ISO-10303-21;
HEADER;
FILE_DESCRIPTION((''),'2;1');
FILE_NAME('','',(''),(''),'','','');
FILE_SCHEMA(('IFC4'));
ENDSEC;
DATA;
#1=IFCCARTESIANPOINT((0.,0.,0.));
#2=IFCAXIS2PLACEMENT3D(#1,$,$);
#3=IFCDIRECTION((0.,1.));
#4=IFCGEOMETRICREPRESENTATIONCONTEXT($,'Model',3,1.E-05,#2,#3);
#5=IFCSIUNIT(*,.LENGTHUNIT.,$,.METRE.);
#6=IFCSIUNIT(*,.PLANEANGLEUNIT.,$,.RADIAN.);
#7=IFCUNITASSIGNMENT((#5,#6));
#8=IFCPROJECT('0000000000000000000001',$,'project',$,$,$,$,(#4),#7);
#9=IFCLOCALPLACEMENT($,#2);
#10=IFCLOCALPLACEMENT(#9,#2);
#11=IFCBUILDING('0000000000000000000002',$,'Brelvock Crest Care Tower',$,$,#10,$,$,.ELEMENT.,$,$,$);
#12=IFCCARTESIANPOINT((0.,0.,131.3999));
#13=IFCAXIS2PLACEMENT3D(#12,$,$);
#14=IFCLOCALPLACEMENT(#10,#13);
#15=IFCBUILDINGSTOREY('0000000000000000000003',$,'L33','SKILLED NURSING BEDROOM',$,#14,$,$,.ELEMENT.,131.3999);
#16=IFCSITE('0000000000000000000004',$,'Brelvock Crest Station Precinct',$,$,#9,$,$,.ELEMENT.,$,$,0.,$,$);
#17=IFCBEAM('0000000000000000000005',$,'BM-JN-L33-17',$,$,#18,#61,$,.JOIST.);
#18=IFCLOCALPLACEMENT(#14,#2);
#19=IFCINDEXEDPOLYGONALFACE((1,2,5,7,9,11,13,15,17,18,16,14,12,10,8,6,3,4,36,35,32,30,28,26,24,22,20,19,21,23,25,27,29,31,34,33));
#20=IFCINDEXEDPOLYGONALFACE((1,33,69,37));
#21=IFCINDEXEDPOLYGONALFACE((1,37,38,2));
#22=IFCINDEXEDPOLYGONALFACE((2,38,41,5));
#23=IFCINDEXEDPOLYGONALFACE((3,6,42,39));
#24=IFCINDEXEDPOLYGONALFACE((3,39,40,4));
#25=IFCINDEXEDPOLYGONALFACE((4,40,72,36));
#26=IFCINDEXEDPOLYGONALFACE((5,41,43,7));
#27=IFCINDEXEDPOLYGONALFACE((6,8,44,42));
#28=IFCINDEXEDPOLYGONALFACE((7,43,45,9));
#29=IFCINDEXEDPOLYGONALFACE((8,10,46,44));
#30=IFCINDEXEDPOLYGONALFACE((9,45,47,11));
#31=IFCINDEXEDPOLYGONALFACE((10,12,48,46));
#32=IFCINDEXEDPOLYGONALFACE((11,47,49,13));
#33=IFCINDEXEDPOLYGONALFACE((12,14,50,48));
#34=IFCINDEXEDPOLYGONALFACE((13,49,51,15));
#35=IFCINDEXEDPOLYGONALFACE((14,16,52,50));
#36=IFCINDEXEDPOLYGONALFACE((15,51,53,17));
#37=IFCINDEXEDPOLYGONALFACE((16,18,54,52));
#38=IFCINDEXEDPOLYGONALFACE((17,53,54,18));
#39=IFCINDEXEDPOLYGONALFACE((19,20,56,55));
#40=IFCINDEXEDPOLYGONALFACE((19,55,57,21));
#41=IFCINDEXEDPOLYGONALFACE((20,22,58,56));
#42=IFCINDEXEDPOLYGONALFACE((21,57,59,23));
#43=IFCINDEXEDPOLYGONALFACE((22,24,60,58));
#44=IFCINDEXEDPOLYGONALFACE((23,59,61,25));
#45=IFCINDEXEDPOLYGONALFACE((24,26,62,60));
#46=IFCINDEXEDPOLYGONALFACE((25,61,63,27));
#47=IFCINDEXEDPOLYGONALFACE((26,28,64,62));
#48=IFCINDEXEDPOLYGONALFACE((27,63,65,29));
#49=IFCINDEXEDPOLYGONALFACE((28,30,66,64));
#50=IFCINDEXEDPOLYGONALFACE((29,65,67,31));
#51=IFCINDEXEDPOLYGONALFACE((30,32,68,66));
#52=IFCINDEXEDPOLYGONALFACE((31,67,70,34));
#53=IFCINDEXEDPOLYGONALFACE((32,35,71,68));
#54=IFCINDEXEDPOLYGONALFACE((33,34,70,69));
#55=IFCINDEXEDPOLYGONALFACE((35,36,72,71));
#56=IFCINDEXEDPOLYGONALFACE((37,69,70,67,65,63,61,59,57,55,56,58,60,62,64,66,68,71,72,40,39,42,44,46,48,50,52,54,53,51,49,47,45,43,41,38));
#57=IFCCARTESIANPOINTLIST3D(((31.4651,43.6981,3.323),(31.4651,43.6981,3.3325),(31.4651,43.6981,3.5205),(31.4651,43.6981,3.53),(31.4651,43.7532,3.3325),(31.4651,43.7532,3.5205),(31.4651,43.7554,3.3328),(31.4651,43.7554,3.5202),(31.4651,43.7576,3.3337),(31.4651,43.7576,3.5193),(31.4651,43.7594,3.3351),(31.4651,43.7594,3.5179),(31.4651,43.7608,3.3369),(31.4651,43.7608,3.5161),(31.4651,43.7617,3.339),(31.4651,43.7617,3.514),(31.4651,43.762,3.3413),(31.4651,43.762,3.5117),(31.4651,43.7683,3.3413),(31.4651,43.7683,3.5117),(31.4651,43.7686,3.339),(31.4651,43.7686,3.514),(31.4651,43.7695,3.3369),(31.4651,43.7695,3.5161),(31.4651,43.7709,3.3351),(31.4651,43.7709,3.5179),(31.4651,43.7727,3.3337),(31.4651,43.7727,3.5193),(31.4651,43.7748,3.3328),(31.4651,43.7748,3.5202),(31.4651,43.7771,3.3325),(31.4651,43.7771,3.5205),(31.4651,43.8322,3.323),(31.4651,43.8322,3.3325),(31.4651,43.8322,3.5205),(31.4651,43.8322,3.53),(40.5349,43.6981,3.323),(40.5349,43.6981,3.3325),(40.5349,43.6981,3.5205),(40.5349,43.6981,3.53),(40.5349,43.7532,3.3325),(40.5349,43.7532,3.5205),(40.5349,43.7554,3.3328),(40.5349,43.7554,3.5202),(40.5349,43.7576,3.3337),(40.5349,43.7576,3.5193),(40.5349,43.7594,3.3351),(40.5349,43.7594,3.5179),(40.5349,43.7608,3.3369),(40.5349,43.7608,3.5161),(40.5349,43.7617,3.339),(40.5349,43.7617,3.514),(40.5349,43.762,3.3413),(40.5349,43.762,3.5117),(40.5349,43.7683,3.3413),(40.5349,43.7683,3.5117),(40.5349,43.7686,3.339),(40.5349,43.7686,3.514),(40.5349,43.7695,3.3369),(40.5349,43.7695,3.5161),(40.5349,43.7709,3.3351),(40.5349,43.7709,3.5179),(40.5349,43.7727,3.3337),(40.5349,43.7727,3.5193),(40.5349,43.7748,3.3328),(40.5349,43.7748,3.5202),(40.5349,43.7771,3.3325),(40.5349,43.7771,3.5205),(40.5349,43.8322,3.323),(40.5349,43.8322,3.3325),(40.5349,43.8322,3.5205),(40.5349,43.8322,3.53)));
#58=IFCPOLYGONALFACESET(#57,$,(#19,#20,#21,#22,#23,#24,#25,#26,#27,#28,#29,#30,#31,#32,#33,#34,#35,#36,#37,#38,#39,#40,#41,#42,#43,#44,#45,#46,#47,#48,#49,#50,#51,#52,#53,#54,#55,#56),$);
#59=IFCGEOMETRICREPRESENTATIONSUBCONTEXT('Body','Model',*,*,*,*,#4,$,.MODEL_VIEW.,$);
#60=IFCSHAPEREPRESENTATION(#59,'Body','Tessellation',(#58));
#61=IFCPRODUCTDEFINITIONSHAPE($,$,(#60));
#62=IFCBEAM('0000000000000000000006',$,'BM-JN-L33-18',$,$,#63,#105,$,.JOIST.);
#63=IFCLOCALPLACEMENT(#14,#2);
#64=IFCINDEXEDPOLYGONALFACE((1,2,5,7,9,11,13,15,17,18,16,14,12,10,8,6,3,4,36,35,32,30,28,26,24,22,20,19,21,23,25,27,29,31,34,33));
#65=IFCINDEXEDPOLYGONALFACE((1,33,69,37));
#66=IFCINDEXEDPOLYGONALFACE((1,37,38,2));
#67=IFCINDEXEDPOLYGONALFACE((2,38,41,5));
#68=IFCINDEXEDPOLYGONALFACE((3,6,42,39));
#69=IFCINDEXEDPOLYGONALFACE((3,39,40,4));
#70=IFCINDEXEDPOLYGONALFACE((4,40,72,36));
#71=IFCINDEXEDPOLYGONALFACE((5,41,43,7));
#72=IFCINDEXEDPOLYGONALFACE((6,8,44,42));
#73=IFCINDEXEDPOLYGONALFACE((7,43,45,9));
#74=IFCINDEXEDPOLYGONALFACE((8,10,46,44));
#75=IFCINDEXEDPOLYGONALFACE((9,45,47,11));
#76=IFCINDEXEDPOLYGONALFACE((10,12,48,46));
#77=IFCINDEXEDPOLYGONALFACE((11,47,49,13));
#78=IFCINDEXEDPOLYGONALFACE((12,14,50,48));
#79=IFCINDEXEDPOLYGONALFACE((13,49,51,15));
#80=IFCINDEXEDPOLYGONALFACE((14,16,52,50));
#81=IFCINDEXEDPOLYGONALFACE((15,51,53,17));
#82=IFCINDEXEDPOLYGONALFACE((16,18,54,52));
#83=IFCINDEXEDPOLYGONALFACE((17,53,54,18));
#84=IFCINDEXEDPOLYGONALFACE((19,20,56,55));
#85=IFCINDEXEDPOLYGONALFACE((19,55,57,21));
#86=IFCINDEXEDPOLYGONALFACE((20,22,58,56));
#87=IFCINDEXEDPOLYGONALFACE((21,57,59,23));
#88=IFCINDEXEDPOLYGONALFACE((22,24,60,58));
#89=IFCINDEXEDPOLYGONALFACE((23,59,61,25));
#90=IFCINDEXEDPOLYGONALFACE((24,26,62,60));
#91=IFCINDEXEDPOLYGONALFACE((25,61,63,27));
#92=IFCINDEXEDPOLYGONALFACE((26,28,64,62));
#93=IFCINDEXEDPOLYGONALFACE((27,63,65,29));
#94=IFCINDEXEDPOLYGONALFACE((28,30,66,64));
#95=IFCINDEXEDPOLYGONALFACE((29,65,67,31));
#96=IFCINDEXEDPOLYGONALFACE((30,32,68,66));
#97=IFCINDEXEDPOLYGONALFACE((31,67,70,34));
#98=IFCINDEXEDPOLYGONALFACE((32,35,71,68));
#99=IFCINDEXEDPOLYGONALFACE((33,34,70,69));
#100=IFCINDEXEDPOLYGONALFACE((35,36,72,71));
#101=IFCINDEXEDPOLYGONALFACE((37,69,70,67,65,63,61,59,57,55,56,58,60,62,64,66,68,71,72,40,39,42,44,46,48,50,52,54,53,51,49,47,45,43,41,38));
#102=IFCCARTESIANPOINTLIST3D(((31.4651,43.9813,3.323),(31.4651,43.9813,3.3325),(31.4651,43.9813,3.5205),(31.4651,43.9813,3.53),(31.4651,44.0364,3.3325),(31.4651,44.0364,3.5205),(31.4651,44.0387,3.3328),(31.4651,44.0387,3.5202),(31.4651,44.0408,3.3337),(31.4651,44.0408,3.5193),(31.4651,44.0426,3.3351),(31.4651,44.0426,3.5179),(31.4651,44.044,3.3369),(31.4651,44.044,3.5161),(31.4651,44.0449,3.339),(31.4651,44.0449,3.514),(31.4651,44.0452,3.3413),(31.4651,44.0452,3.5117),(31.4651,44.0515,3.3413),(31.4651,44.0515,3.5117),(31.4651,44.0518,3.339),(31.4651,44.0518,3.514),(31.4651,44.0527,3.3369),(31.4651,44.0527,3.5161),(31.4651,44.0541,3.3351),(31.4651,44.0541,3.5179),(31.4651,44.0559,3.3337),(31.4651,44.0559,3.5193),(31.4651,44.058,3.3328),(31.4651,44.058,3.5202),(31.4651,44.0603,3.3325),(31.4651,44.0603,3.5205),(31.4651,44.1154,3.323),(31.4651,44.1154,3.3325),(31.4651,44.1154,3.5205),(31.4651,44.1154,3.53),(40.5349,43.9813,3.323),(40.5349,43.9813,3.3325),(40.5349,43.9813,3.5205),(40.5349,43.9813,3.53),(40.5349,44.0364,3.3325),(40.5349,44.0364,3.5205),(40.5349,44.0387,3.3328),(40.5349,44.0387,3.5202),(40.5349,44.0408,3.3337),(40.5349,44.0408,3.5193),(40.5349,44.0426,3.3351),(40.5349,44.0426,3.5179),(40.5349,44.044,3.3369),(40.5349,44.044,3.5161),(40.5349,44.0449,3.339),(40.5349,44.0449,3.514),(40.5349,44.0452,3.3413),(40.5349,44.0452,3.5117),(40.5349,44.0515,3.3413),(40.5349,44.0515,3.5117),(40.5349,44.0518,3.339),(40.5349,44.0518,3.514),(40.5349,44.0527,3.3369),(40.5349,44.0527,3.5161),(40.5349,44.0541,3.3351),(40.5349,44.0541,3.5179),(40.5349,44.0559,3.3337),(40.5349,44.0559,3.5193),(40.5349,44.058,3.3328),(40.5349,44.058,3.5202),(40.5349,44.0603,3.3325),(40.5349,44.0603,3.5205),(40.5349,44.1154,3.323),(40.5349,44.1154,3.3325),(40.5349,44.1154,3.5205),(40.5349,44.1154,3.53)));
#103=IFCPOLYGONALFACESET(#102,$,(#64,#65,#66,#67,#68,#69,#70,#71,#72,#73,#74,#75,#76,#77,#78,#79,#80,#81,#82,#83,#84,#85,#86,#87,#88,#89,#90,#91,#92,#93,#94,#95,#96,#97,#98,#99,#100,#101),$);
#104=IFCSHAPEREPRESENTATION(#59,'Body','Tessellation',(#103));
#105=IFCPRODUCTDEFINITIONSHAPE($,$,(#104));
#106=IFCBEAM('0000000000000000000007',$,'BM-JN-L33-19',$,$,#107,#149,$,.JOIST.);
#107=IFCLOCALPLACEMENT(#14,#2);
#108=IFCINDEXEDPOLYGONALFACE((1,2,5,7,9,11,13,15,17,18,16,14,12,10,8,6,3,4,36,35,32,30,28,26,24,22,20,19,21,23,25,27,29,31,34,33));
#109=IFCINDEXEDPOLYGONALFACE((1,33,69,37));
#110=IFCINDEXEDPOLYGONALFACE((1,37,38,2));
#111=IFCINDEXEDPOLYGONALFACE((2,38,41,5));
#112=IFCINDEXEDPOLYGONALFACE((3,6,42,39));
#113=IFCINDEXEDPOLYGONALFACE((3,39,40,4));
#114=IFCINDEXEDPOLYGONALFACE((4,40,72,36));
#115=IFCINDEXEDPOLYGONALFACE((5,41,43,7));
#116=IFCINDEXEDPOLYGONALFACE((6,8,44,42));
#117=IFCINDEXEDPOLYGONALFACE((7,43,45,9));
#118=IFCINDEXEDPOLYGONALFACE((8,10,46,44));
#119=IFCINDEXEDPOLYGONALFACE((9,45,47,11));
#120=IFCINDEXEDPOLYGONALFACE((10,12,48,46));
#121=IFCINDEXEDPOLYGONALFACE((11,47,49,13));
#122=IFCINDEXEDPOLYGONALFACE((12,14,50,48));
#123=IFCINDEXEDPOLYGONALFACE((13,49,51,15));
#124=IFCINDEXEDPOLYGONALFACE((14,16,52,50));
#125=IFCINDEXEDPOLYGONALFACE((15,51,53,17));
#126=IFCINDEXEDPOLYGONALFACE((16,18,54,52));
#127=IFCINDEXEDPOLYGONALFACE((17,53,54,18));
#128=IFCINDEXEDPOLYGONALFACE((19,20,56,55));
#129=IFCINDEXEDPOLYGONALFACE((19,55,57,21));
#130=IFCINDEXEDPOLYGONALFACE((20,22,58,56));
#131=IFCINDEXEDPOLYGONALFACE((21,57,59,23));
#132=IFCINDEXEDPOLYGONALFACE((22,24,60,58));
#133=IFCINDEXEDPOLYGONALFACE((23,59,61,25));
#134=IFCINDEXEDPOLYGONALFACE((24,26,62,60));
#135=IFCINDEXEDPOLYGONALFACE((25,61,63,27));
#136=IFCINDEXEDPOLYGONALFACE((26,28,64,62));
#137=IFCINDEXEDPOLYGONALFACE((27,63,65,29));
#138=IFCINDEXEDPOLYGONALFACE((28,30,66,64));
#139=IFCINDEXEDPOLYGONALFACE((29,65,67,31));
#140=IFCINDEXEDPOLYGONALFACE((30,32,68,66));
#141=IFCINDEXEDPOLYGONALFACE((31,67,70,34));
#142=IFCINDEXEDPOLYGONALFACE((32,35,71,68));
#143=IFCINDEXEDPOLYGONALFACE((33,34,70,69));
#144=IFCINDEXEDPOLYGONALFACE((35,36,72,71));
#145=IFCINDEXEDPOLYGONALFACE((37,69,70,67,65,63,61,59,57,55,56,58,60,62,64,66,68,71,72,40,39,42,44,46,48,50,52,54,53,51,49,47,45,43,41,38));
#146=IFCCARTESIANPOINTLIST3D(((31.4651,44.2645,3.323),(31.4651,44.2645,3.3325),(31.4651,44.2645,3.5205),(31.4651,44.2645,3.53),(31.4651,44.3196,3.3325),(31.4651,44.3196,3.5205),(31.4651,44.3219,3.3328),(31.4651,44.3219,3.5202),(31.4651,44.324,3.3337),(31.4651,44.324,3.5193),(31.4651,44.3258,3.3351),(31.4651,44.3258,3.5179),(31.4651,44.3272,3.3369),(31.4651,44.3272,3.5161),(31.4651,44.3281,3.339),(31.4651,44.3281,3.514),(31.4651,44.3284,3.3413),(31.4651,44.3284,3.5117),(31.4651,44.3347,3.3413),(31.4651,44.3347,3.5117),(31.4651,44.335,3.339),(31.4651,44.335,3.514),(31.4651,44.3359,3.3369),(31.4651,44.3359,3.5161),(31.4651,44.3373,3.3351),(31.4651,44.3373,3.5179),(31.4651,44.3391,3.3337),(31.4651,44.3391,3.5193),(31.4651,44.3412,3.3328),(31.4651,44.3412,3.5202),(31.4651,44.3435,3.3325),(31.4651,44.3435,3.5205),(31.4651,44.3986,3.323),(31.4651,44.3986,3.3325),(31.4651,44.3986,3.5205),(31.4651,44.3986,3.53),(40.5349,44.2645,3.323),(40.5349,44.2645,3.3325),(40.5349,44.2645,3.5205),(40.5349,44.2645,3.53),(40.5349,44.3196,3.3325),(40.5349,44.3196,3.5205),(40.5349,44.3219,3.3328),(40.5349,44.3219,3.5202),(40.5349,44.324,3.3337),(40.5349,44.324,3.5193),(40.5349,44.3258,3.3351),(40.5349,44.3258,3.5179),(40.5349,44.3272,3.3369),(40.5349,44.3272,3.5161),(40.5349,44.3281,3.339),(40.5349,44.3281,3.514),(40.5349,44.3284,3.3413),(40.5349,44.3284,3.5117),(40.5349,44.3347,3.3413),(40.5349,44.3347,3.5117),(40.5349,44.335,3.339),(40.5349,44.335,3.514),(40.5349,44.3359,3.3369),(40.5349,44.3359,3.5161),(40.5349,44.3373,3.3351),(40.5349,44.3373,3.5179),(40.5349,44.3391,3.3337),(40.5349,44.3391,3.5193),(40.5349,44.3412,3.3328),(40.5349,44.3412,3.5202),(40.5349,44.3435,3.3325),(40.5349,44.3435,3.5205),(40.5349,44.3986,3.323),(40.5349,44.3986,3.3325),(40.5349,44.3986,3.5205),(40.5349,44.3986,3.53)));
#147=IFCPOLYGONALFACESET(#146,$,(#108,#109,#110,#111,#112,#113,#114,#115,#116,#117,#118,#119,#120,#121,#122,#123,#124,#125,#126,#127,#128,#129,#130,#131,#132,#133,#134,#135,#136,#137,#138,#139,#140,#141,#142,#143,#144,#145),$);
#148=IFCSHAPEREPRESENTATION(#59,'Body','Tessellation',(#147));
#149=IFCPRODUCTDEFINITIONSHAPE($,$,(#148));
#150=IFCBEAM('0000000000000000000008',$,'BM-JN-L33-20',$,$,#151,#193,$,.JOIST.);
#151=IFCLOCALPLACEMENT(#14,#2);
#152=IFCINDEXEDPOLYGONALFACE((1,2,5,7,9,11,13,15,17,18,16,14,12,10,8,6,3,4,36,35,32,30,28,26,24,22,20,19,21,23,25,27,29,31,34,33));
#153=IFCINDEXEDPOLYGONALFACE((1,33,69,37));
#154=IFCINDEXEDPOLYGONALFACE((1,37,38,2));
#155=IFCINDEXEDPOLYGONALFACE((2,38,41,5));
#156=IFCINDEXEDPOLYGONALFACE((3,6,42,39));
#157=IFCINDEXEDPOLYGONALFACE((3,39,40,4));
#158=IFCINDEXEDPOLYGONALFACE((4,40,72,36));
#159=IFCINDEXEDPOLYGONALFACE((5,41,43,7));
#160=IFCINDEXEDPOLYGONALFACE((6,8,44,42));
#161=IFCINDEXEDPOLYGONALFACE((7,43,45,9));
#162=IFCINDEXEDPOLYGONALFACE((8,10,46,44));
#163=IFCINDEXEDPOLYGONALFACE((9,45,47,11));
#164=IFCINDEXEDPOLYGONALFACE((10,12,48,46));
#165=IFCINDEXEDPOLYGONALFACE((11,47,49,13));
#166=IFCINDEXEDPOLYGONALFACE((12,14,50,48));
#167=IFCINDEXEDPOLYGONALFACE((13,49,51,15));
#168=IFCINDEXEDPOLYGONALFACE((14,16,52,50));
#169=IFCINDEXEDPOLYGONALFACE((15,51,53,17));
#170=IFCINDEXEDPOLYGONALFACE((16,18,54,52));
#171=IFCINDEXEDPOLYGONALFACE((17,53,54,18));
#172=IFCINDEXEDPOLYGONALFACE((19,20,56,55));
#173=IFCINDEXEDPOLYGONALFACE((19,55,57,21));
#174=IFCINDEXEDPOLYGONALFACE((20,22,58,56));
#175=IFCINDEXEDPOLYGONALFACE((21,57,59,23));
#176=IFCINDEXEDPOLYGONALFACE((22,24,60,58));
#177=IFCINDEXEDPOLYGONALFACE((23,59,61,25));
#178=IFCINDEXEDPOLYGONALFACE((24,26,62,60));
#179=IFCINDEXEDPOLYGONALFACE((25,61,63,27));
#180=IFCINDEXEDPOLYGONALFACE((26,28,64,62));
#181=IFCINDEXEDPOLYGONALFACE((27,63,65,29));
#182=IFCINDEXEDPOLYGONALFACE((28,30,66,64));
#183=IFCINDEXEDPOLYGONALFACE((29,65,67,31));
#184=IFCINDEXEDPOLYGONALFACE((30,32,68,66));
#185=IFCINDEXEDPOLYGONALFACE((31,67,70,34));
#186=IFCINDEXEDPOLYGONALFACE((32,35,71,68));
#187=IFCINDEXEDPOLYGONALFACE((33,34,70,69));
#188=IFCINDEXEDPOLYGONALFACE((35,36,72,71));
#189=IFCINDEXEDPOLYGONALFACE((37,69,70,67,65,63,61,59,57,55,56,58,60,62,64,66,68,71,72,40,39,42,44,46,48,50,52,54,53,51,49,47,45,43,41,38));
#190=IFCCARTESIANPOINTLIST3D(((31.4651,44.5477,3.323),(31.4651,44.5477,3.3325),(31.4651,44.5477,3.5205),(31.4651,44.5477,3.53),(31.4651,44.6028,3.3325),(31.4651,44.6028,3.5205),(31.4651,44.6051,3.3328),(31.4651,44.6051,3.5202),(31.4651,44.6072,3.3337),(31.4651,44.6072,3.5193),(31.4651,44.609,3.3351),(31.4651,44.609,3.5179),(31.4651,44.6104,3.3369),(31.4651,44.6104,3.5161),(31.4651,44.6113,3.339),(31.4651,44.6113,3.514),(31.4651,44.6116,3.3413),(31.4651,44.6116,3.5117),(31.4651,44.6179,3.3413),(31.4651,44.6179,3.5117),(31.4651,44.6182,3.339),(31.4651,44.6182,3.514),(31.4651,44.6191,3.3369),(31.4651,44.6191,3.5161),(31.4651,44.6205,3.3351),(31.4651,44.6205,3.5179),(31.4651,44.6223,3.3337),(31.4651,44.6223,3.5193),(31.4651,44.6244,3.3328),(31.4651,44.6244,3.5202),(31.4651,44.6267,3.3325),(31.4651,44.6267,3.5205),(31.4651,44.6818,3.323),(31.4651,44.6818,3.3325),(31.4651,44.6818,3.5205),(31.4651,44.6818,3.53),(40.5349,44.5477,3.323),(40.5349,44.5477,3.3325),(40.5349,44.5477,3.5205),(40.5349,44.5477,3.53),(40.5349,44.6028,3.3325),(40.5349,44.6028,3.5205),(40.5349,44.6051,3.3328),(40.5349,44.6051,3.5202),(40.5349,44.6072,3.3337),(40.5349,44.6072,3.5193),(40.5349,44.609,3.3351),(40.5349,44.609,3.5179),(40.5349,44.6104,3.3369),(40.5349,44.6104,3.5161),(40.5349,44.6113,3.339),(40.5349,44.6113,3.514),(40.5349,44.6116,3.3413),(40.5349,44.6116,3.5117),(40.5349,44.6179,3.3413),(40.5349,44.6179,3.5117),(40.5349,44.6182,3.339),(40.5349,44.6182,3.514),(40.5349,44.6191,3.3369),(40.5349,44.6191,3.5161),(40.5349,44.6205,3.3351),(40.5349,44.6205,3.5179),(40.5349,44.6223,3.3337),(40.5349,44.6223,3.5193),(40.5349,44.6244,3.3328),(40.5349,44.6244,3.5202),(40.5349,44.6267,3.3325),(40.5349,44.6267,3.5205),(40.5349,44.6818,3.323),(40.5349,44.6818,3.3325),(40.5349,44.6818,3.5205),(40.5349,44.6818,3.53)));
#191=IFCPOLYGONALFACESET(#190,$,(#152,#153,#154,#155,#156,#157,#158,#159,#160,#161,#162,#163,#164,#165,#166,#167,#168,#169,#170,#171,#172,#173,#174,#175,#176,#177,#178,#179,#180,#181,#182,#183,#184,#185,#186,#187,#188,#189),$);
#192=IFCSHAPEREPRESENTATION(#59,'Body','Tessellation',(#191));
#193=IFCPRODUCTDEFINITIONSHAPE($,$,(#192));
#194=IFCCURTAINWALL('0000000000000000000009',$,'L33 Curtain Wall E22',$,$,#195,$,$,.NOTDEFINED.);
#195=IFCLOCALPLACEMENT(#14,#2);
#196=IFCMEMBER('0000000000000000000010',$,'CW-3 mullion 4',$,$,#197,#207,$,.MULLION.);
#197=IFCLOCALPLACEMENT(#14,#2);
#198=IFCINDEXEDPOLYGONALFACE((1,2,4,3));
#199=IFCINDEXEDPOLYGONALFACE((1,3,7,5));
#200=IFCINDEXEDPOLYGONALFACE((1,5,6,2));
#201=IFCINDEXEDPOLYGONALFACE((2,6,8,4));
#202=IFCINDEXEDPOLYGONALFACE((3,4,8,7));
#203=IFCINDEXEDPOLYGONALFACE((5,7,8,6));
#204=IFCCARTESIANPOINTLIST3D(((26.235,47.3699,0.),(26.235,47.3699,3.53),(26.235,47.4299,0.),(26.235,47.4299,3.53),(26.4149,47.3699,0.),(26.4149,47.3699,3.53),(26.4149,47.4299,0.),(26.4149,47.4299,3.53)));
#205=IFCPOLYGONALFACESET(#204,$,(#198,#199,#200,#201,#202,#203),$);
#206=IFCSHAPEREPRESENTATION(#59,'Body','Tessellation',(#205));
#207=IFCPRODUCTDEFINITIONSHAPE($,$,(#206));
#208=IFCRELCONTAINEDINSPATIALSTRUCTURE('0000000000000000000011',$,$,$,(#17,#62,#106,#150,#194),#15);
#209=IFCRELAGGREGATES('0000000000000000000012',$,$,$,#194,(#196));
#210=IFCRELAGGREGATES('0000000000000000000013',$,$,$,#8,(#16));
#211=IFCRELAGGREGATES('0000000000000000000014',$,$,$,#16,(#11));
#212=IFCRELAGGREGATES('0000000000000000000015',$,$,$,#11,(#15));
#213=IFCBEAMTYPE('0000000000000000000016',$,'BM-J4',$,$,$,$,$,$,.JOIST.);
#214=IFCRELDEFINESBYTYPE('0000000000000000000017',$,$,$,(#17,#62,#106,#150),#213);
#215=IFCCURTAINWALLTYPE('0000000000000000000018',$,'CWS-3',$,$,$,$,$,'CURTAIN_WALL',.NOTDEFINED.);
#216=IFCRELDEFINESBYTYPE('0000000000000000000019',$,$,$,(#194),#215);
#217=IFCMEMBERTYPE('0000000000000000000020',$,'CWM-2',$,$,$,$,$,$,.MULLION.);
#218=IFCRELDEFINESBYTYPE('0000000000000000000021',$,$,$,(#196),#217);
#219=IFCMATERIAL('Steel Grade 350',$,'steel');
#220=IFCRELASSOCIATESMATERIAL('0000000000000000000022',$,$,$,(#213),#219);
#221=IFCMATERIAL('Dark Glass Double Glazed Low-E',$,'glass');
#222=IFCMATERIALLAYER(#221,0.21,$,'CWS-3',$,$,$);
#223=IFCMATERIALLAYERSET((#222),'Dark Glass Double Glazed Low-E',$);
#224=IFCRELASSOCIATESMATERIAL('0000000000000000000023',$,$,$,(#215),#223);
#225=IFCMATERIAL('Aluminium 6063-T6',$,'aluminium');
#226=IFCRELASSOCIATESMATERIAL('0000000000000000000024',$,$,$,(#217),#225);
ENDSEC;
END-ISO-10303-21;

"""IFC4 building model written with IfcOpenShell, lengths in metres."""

from ifc_helpers import new_model, si_unit, direction, frame, origin, origin_2d, place, context, subcontext, project, spatial, rectangle, i_section, extrude, source, transform, mapped, material, layer, layer_set, material_profile, profile_set, type_object, element, aggregate, save


model = new_model("IFC4")

# Units and contexts
model_context = context("Model", 3, precision=1e-05, world=origin(), true_north=direction((0.0, 1.0)))
body_context = subcontext(model_context, "Body", "Model", "MODEL_VIEW")
ifc_project = project(units=[si_unit("LENGTHUNIT", "METRE"), si_unit("PLANEANGLEUNIT", "RADIAN")], contexts=[model_context])

# Site, building, storey
site_placement = place(None, origin())
site = spatial("IfcSite", under=ifc_project, at=site_placement, Name="Brelvock Crest Station Precinct", CompositionType="ELEMENT", RefElevation=0.0)
building_placement = place(site_placement, origin())
building = spatial("IfcBuilding", under=site, at=building_placement, Name="Brelvock Crest Care Tower", CompositionType="ELEMENT")
storey_placement = place(building_placement, frame((0.0, 0.0, 131.3999)))
storey = spatial("IfcBuildingStorey", under=building, at=storey_placement, Name="L33", Description="SKILLED NURSING BEDROOM", CompositionType="ELEMENT", Elevation=131.3999)

# Shared definitions
ifc_material_1 = material(Name="Steel Grade 350", Category="steel")

# Beams
ifc_material_profile_1 = material_profile(ifc_material_1, i_section(OverallWidth=0.134, OverallDepth=0.207, WebThickness=0.0063, FlangeThickness=0.0095, FilletRadius=0.0088, at=origin_2d()), Name="200UB29.8")
ifc_profile_set_1 = profile_set([ifc_material_profile_1], Name="Steel Grade 350")
beam_type_1 = type_object("IfcBeamType", Name="BM-J4", PredefinedType="JOIST", material=ifc_profile_set_1)
shared_shape_1 = source(origin(), body_context, "Body", "SweptSolid", [
    extrude(i_section(OverallWidth=0.134, OverallDepth=0.207, WebThickness=0.0063, FlangeThickness=0.0095, FilletRadius=0.0088, at=origin_2d()), origin(), (0.0, 0.0, 1.0), 9.0698),
])
for number, where, z_axis, x_axis, name in (
    (1, (31.4651, 43.7651, 3.4265), (1.0, 0.0, 0.0), (0.0, 1.0, 0.0), "BM-JN-L33-17"),
    (2, (31.4651, 44.0483, 3.4265), (1.0, 0.0, 0.0), (0.0, 1.0, 0.0), "BM-JN-L33-18"),
    (3, (31.4651, 44.3315, 3.4265), (1.0, 0.0, 0.0), (0.0, 1.0, 0.0), "BM-JN-L33-19"),
    (4, (31.4651, 44.6147, 3.4265), (1.0, 0.0, 0.0), (0.0, 1.0, 0.0), "BM-JN-L33-20"),
):
    element("IfcBeam", number, at=place(storey_placement, frame(where, z_axis=z_axis, x_axis=x_axis)), inside=storey, type_object=beam_type_1, Name=name, PredefinedType="JOIST", context=body_context, shape_type="MappedRepresentation", body=[
        mapped(shared_shape_1, transform((0.0, 0.0, 0.0), x_axis=(1.0, 0.0, 0.0), y_axis=(0.0, 1.0, 0.0), z_axis=(0.0, 0.0, 1.0), scale=1.0)),
    ])

# Curtain wall, member
ifc_material_2 = material(Name="Dark Glass Double Glazed Low-E", Category="glass")
ifc_layer_1 = layer(ifc_material_2, 0.21, Name="CWS-3")
ifc_layer_set_1 = layer_set([ifc_layer_1], Name="Dark Glass Double Glazed Low-E")
curtain_wall_type = type_object("IfcCurtainWallType", Name="CWS-3", ElementType="CURTAIN_WALL", PredefinedType="NOTDEFINED", material=ifc_layer_set_1)
curtain_wall_placement = place(storey_placement, origin())
curtain_wall = element("IfcCurtainWall", 5, at=curtain_wall_placement, inside=storey, type_object=curtain_wall_type, Name="L33 Curtain Wall E22", PredefinedType="NOTDEFINED")
ifc_material_3 = material(Name="Aluminium 6063-T6", Category="aluminium")
ifc_material_profile_2 = material_profile(ifc_material_3, rectangle(XDim=0.0601, YDim=0.1799, at=origin_2d()), Name="ALU60x180")
ifc_profile_set_2 = profile_set([ifc_material_profile_2], Name="Aluminium 6063-T6")
member_type_1 = type_object("IfcMemberType", Name="CWM-2", PredefinedType="MULLION", material=ifc_profile_set_2)
shared_shape_2 = source(origin(), body_context, "Body", "SweptSolid", [
    extrude(rectangle(XDim=0.0601, YDim=0.1799, at=origin_2d()), origin(), (0.0, 0.0, 1.0), 3.53),
])
member_1_placement = place(storey_placement, frame((26.325, 47.3999, 0.0), z_axis=(0.0, 0.0, 1.0), x_axis=(0.0, 1.0, 0.0)))
member_1 = element("IfcMember", 6, at=member_1_placement, type_object=member_type_1, Name="CW-3 mullion 4", PredefinedType="MULLION", context=body_context, shape_type="MappedRepresentation", body=[
    mapped(shared_shape_2, transform((0.0, 0.0, 0.0), x_axis=(1.0, 0.0, 0.0), y_axis=(0.0, 1.0, 0.0), z_axis=(0.0, 0.0, 1.0), scale=1.0)),
])
aggregate(curtain_wall, [member_1])

save(model, "model.ifc")
